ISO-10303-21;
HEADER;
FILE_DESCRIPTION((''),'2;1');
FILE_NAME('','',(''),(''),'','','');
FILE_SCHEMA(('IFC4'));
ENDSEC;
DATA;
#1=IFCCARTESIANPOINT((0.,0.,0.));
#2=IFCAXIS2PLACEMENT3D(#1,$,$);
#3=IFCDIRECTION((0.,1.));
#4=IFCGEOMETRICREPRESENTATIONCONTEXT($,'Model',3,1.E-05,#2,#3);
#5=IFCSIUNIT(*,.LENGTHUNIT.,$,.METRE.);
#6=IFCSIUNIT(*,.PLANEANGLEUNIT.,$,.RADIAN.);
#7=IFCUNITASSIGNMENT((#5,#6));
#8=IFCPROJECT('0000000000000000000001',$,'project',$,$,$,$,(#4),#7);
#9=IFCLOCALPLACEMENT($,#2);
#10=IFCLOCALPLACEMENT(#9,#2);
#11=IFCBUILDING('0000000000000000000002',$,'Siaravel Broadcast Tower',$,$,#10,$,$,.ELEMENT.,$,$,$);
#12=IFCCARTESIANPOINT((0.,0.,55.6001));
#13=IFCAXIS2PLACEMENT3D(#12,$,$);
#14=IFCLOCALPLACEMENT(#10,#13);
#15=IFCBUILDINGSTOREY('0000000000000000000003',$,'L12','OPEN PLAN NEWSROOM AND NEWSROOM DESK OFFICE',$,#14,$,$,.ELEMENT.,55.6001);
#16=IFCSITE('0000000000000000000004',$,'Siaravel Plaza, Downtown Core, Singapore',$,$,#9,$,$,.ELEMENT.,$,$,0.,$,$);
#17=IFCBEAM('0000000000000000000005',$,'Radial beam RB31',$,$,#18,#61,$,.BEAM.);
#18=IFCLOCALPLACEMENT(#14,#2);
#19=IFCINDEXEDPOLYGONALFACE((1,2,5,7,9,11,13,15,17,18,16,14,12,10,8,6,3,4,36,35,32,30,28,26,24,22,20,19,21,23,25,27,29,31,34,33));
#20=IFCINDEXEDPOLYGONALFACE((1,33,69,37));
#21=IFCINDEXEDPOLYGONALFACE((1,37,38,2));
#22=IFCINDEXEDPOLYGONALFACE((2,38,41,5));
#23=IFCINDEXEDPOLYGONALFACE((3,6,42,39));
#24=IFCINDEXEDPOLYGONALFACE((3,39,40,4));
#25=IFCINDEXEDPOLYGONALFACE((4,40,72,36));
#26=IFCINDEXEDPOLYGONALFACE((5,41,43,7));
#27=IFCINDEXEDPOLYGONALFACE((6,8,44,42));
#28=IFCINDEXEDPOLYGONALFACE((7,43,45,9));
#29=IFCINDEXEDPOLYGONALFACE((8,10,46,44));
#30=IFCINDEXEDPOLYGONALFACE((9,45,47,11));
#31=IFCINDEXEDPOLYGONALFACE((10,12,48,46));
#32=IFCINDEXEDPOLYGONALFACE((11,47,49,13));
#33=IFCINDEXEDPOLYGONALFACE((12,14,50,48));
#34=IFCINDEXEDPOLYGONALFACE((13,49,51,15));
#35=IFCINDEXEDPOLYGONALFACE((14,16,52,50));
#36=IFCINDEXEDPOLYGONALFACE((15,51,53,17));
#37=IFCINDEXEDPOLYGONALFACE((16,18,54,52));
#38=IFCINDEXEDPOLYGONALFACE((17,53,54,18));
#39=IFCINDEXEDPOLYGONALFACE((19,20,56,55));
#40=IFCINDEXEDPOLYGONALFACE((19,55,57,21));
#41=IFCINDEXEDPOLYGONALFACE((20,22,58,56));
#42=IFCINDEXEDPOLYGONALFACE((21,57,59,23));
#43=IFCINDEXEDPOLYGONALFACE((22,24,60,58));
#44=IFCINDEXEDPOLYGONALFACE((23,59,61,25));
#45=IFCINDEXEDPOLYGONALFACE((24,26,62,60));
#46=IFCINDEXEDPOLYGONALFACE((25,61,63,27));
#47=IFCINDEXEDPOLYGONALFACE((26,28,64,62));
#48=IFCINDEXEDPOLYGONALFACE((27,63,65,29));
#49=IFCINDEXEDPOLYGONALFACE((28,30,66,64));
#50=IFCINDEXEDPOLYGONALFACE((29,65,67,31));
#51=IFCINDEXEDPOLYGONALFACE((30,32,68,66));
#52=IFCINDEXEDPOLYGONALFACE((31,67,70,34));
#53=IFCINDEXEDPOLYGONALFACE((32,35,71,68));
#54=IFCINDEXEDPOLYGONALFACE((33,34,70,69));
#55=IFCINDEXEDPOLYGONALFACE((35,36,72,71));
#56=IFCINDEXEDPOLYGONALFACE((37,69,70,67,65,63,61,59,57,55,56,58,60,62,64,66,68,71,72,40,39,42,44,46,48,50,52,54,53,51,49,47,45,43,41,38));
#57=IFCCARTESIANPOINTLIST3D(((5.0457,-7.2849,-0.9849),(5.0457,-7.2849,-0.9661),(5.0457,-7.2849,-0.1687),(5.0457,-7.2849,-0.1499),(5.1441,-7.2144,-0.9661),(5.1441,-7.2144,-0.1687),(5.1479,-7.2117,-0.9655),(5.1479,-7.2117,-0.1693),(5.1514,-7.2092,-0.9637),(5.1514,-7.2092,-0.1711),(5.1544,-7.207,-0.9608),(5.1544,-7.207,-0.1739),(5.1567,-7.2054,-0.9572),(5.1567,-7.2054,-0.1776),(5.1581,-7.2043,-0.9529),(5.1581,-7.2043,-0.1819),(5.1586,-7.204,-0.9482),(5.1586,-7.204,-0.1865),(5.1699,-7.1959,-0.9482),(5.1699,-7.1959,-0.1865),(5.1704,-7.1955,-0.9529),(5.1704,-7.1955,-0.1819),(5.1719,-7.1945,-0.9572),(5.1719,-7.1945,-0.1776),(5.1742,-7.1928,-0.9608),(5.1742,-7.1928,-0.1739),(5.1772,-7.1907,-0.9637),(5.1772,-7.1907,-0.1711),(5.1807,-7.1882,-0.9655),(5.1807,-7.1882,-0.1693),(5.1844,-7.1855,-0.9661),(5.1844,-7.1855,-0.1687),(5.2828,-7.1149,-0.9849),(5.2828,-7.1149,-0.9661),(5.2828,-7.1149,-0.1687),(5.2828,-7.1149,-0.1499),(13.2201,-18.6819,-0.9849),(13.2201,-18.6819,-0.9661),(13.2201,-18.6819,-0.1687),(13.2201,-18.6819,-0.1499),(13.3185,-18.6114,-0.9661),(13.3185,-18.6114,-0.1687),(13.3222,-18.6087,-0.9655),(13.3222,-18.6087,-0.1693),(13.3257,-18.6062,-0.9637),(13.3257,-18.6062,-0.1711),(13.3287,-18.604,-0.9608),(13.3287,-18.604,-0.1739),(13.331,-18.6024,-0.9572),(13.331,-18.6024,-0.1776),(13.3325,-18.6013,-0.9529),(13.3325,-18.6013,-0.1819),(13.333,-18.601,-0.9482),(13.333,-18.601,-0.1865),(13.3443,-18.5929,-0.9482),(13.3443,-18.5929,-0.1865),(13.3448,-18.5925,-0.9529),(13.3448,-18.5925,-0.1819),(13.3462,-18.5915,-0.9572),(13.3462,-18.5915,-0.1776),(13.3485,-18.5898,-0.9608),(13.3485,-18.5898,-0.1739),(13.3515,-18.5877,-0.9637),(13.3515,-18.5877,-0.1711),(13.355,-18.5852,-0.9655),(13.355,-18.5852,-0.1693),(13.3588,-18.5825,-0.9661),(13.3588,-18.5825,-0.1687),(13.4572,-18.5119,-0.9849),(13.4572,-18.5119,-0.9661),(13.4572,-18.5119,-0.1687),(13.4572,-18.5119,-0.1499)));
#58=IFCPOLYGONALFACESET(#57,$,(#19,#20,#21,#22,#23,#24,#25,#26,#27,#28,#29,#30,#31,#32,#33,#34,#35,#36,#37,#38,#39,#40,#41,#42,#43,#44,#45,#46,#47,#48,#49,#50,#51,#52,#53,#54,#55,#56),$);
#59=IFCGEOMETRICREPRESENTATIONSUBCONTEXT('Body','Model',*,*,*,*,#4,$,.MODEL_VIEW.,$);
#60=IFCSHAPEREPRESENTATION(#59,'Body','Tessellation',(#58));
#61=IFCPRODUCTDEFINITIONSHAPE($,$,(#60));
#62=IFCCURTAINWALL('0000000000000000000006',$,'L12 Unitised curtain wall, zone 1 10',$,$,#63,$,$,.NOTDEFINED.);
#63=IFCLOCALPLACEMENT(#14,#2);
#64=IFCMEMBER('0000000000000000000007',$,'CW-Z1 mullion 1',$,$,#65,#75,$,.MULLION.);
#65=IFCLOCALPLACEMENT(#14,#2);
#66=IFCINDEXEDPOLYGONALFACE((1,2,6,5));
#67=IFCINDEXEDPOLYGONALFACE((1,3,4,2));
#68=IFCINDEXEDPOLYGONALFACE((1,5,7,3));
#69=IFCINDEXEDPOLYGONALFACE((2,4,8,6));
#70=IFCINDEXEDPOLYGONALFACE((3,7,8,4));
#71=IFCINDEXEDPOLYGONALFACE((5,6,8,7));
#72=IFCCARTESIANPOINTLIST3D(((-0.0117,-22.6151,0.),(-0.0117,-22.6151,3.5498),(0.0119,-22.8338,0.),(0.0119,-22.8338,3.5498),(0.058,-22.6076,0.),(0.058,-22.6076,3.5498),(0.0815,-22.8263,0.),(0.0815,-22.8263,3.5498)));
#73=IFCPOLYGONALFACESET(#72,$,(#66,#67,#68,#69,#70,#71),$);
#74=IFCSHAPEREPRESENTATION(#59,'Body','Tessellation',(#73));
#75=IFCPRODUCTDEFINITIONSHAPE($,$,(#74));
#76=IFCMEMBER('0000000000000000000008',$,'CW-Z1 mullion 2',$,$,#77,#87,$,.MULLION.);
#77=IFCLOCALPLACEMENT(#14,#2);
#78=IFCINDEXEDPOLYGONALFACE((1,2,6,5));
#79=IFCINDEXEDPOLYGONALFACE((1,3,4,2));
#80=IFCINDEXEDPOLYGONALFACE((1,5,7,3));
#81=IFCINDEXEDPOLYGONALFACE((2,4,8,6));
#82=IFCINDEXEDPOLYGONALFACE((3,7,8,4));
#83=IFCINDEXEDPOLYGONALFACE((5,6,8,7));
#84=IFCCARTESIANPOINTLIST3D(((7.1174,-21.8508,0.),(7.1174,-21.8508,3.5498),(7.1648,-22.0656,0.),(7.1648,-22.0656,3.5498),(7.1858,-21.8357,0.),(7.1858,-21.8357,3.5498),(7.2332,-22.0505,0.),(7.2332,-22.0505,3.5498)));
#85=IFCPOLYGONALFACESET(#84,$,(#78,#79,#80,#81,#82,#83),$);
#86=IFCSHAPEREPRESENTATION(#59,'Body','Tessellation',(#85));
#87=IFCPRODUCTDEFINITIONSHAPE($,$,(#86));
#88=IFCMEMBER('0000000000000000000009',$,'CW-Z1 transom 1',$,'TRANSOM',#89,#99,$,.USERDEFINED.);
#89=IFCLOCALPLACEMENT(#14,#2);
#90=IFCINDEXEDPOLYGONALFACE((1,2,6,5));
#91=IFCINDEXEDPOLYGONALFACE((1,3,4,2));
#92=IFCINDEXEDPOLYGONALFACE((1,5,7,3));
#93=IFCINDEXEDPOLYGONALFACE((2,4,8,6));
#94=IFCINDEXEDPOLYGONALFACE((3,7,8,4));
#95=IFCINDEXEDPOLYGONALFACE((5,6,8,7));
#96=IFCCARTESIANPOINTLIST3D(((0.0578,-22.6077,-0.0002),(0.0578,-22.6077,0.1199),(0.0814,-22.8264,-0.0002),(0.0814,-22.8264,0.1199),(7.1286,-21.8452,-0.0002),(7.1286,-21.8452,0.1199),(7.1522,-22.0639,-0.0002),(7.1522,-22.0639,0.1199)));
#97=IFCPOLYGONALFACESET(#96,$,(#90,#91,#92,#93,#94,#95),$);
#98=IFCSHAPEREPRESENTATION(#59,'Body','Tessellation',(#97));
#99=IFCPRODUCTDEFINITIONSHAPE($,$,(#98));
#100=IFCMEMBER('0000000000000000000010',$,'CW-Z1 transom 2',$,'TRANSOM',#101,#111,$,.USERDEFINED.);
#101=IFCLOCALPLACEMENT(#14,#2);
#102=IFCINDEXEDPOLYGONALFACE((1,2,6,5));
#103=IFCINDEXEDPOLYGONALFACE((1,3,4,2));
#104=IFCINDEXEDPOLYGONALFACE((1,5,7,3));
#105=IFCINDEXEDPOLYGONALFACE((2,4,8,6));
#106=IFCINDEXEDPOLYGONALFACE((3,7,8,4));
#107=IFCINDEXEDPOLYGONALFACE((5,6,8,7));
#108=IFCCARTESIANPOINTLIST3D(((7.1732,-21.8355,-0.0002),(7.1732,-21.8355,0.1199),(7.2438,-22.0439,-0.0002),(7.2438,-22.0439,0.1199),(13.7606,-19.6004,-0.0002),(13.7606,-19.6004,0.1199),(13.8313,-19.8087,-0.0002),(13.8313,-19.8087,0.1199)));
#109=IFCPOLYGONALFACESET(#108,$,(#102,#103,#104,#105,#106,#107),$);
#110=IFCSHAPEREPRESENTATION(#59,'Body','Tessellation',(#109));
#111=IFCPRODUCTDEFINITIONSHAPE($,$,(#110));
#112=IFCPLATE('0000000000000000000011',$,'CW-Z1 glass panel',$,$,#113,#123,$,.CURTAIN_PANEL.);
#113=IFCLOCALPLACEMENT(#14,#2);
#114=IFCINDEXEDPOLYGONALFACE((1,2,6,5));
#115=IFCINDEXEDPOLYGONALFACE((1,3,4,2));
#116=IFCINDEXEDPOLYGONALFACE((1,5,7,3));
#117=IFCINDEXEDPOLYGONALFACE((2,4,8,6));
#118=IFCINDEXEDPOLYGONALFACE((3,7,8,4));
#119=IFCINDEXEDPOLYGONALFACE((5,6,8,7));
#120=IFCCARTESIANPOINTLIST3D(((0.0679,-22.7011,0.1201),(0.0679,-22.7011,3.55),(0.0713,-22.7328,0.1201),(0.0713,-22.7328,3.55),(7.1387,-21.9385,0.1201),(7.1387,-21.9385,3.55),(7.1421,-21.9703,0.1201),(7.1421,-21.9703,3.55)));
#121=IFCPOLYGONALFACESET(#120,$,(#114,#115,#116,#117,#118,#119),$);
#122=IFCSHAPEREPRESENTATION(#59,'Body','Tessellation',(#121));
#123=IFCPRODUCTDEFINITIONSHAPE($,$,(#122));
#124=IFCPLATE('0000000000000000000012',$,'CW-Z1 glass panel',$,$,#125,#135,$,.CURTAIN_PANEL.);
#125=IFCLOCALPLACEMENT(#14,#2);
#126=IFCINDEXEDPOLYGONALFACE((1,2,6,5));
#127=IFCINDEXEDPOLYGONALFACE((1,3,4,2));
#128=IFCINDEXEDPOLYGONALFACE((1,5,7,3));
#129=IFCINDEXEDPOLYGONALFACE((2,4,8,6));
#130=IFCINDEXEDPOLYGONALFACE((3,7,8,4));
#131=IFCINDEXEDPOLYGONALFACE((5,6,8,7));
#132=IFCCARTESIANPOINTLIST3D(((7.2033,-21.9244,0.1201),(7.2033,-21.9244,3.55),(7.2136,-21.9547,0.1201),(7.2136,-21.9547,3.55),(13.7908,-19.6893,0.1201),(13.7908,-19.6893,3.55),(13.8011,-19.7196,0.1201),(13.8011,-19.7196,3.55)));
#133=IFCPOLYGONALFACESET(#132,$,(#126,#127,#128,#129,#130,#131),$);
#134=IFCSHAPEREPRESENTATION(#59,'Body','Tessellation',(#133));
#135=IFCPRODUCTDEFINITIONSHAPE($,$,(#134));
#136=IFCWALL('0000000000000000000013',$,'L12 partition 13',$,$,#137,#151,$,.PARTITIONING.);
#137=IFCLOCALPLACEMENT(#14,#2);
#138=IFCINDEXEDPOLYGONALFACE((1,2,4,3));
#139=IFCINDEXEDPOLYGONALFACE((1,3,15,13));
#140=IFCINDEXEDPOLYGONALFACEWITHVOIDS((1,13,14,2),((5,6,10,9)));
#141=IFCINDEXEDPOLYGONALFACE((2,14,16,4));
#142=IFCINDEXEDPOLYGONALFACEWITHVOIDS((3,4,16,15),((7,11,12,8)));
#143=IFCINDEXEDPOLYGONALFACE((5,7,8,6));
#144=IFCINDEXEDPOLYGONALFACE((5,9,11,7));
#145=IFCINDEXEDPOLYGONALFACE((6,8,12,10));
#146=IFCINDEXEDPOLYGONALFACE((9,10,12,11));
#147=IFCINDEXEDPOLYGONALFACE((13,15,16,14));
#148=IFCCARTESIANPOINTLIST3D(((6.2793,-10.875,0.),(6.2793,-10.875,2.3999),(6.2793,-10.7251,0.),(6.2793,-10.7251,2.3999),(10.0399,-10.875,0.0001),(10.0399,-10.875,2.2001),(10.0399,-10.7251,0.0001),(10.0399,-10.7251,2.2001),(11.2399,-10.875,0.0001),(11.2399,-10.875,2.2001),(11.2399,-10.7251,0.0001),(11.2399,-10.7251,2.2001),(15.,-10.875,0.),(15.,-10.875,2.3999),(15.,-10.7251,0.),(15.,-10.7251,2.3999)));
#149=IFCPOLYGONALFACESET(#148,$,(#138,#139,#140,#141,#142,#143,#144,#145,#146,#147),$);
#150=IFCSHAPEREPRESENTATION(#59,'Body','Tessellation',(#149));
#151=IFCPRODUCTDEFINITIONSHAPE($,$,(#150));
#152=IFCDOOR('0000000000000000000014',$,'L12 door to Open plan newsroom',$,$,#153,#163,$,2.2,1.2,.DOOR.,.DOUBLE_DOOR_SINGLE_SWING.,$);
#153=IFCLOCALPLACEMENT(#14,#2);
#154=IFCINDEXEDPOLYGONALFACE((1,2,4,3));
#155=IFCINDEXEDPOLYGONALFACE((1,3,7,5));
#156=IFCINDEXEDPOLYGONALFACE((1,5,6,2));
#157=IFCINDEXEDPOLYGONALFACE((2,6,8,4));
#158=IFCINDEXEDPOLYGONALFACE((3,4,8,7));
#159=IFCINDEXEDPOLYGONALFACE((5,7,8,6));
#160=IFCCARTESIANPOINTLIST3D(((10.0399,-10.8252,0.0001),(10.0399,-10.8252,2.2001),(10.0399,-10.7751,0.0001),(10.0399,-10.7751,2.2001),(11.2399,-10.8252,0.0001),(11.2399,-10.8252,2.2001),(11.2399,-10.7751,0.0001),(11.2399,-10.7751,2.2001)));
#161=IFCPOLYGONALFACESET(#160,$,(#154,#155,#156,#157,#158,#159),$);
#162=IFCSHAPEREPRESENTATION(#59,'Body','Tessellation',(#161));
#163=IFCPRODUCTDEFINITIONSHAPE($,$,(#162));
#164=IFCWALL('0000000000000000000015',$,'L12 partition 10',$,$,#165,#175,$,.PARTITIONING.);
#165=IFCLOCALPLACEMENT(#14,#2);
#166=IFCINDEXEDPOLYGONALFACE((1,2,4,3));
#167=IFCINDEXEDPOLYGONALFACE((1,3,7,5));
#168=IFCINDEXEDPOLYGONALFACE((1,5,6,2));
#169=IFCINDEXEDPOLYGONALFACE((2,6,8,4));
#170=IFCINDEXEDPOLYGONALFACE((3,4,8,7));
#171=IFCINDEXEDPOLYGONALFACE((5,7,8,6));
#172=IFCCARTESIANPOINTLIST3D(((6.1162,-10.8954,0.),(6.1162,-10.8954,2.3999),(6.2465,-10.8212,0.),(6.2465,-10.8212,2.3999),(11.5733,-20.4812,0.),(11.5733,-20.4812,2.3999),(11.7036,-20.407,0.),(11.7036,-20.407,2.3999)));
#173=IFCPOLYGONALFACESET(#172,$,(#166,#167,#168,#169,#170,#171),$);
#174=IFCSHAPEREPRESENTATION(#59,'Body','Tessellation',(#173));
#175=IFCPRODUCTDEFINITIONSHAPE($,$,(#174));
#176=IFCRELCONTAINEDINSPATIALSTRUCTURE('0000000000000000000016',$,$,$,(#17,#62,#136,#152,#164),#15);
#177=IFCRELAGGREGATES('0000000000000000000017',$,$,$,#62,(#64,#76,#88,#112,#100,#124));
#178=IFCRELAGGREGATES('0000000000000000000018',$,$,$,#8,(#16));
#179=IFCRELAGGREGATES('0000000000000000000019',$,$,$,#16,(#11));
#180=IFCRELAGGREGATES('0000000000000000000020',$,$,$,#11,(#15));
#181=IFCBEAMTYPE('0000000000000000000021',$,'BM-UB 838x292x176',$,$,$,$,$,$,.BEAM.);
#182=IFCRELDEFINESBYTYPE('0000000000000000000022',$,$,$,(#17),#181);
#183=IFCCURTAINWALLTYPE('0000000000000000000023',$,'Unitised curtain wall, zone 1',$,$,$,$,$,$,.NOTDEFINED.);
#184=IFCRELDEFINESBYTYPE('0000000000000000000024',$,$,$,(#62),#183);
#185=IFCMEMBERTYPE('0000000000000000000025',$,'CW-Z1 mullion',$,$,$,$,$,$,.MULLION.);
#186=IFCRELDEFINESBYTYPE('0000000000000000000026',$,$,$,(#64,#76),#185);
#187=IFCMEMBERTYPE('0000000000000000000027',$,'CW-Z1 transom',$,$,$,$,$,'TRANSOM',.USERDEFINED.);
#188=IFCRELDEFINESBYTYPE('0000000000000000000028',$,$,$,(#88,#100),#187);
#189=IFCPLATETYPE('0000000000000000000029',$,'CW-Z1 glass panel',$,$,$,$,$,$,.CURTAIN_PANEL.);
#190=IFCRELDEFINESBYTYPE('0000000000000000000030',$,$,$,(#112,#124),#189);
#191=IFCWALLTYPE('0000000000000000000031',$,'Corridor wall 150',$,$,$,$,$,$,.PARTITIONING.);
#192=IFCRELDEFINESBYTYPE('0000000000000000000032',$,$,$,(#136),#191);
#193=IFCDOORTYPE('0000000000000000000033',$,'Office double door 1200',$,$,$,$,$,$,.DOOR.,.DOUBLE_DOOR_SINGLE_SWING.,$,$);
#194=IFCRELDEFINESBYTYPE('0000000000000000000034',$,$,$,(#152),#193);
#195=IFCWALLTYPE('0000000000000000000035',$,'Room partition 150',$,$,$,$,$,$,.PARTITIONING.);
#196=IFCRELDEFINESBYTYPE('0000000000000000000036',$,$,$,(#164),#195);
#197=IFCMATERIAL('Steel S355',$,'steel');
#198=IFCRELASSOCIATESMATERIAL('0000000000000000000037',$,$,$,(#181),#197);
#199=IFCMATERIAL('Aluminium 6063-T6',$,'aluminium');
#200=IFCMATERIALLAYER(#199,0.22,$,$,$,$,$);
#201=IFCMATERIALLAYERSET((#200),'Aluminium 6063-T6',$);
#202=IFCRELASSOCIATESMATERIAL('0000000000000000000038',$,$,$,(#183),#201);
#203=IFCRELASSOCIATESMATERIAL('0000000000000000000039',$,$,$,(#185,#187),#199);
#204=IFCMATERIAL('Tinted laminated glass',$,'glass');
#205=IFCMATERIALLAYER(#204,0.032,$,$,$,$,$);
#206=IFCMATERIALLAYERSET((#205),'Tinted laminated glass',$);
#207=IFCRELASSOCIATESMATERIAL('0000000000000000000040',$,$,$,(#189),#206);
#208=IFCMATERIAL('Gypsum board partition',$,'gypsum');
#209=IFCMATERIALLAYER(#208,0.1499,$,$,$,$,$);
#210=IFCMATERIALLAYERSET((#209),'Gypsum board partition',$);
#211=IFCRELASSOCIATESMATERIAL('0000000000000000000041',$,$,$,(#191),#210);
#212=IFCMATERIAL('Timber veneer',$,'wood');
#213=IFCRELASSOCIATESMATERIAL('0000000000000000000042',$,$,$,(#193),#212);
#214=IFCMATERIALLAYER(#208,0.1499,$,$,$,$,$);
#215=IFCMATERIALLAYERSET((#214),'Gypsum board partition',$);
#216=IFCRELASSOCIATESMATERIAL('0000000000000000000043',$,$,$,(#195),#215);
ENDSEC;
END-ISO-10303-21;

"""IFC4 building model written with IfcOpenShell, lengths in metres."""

from ifc_helpers import new_model, si_unit, direction, frame, frame_2d, origin, origin_2d, place, context, subcontext, project, spatial, rectangle, i_section, extrude, material, layer, layer_set, material_profile, profile_set, type_object, element, fill, aggregate, save


model = new_model("IFC4")

# Units and contexts
model_context = context("Model", 3, precision=1e-05, world=origin(), true_north=direction((0.0, 1.0)))
body_context = subcontext(model_context, "Body", "Model", "MODEL_VIEW")
ifc_project = project(units=[si_unit("LENGTHUNIT", "METRE"), si_unit("PLANEANGLEUNIT", "RADIAN")], contexts=[model_context])

# Site, building, storey
site_placement = place(None, origin())
site = spatial("IfcSite", under=ifc_project, at=site_placement, Name="Siaravel Plaza, Downtown Core, Singapore", CompositionType="ELEMENT", RefElevation=0.0)
building_placement = place(site_placement, origin())
building = spatial("IfcBuilding", under=site, at=building_placement, Name="Siaravel Broadcast Tower", CompositionType="ELEMENT")
storey_placement = place(building_placement, frame((0.0, 0.0, 55.6001)))
storey = spatial("IfcBuildingStorey", under=building, at=storey_placement, Name="L12", Description="OPEN PLAN NEWSROOM AND NEWSROOM DESK OFFICE", CompositionType="ELEMENT", Elevation=55.6001)

# Beam
ifc_material_1 = material(Name="Steel S355", Category="steel")
ifc_material_profile_1 = material_profile(ifc_material_1, i_section(OverallWidth=0.2917, OverallDepth=0.835, WebThickness=0.0139, FlangeThickness=0.0188, FilletRadius=0.0178, at=origin_2d()))
ifc_profile_set_1 = profile_set([ifc_material_profile_1], Name="Steel S355")
beam_type = type_object("IfcBeamType", Name="BM-UB 838x292x176", PredefinedType="BEAM", material=ifc_profile_set_1)
beam_1_placement = place(storey_placement, frame((13.3386, -18.5969, -0.5674), z_axis=(-0.582824, 0.812598, 0.0), x_axis=(-0.812598, -0.582824, 0.0)))
element("IfcBeam", 1, at=beam_1_placement, inside=storey, type_object=beam_type, Name="Radial beam RB31", PredefinedType="BEAM", context=body_context, shape_type="SweptSolid", body=[
    extrude(i_section(OverallWidth=0.2917, OverallDepth=0.835, WebThickness=0.0139, FlangeThickness=0.0188, FilletRadius=0.0178, at=origin_2d()), origin(), (0.0, 0.0, 1.0), 14.0254),
])

# Curtain wall, members, plates
ifc_material_2 = material(Name="Aluminium 6063-T6", Category="aluminium")
ifc_layer_1 = layer(ifc_material_2, 0.22)
ifc_layer_set_1 = layer_set([ifc_layer_1], Name="Aluminium 6063-T6")
curtain_wall_type = type_object("IfcCurtainWallType", Name="Unitised curtain wall, zone 1", PredefinedType="NOTDEFINED", material=ifc_layer_set_1)
curtain_wall_placement = place(storey_placement, origin())
curtain_wall = element("IfcCurtainWall", 2, at=curtain_wall_placement, inside=storey, type_object=curtain_wall_type, Name="L12 Unitised curtain wall, zone 1 10", PredefinedType="NOTDEFINED")
ifc_material_profile_2 = material_profile(ifc_material_2, rectangle(XDim=0.22, YDim=0.0701, at=origin_2d()))
ifc_profile_set_2 = profile_set([ifc_material_profile_2], Name="Aluminium 6063-T6")
member_type_1 = type_object("IfcMemberType", Name="CW-Z1 mullion", PredefinedType="MULLION", material=ifc_profile_set_2)
member_1_placement = place(storey_placement, frame((0.0349, -22.7207, 0.0), z_axis=(0.0, 0.0, 1.0), x_axis=(-0.107218, 0.994236, 0.0)))
member_1 = element("IfcMember", 3, at=member_1_placement, type_object=member_type_1, Name="CW-Z1 mullion 1", PredefinedType="MULLION", context=body_context, shape_type="SweptSolid", body=[
    extrude(rectangle(XDim=0.22, YDim=0.0701, at=origin_2d()), origin(), (0.0, 0.0, 1.0), 3.5498),
])
member_2_placement = place(storey_placement, frame((7.1753, -21.9507, 0.0), z_axis=(0.0, 0.0, 1.0), x_axis=(-0.215558, 0.976491, 0.0)))
member_2 = element("IfcMember", 4, at=member_2_placement, type_object=member_type_1, Name="CW-Z1 mullion 2", PredefinedType="MULLION", context=body_context, shape_type="SweptSolid", body=[
    extrude(rectangle(XDim=0.22, YDim=0.0701, at=origin_2d()), origin(), (0.0, 0.0, 1.0), 3.5498),
])
ifc_material_profile_3 = material_profile(ifc_material_2, rectangle(XDim=0.22, YDim=0.1201, at=origin_2d()))
ifc_profile_set_3 = profile_set([ifc_material_profile_3], Name="Aluminium 6063-T6")
member_type_2 = type_object("IfcMemberType", Name="CW-Z1 transom", ElementType="TRANSOM", PredefinedType="USERDEFINED", material=ifc_profile_set_3)
member_3_placement = place(storey_placement, frame((0.0696, -22.717, 0.0598), z_axis=(0.994236, 0.107209, 0.0), x_axis=(-0.107209, 0.994236, 0.0)))
member_3 = element("IfcMember", 5, at=member_3_placement, type_object=member_type_2, Name="CW-Z1 transom 1", ObjectType="TRANSOM", PredefinedType="USERDEFINED", context=body_context, shape_type="SweptSolid", body=[
    extrude(rectangle(XDim=0.22, YDim=0.1201, at=origin_2d()), origin(), (0.0, 0.0, 1.0), 7.1118),
])
member_4_placement = place(storey_placement, frame((7.2085, -21.9397, 0.0598), z_axis=(0.946975, 0.321309, 0.0), x_axis=(-0.321309, 0.946975, 0.0)))
member_4 = element("IfcMember", 6, at=member_4_placement, type_object=member_type_2, Name="CW-Z1 transom 2", ObjectType="TRANSOM", PredefinedType="USERDEFINED", context=body_context, shape_type="SweptSolid", body=[
    extrude(rectangle(XDim=0.22, YDim=0.1201, at=origin_2d()), origin(), (0.0, 0.0, 1.0), 6.9563),
])
ifc_material_3 = material(Name="Tinted laminated glass", Category="glass")
ifc_layer_2 = layer(ifc_material_3, 0.032)
ifc_layer_set_2 = layer_set([ifc_layer_2], Name="Tinted laminated glass")
plate_type = type_object("IfcPlateType", Name="CW-Z1 glass panel", PredefinedType="CURTAIN_PANEL", material=ifc_layer_set_2)
plate_1_placement = place(storey_placement, frame((3.605, -22.3357, 0.1201), z_axis=(0.0, 0.0, 1.0), x_axis=(0.994236, 0.107218, 0.0)))
plate_1 = element("IfcPlate", 7, at=plate_1_placement, type_object=plate_type, Name="CW-Z1 glass panel", PredefinedType="CURTAIN_PANEL", context=body_context, shape_type="SweptSolid", body=[
    extrude(rectangle(XDim=7.1118, YDim=0.032, at=origin_2d()), origin(), (0.0, 0.0, 1.0), 3.4299),
])
plate_2_placement = place(storey_placement, frame((10.5022, -20.822, 0.1201), z_axis=(0.0, 0.0, 1.0), x_axis=(0.946977, 0.321301, 0.0)))
plate_2 = element("IfcPlate", 8, at=plate_2_placement, type_object=plate_type, Name="CW-Z1 glass panel", PredefinedType="CURTAIN_PANEL", context=body_context, shape_type="SweptSolid", body=[
    extrude(rectangle(XDim=6.9563, YDim=0.032, at=origin_2d()), origin(), (0.0, 0.0, 1.0), 3.4299),
])
aggregate(curtain_wall, [member_1, member_2, member_3, plate_1, member_4, plate_2])

# Wall, opening, door
ifc_material_4 = material(Name="Gypsum board partition", Category="gypsum")
ifc_layer_3 = layer(ifc_material_4, 0.1499)
ifc_layer_set_3 = layer_set([ifc_layer_3], Name="Gypsum board partition")
wall_type_1 = type_object("IfcWallType", Name="Corridor wall 150", PredefinedType="PARTITIONING", material=ifc_layer_set_3)
wall_1_placement = place(storey_placement, frame((6.2793, -10.8, 0.0), z_axis=(0.0, 0.0, 1.0), x_axis=(1.0, 0.0, 0.0)))
wall_1 = element("IfcWall", 9, at=wall_1_placement, inside=storey, type_object=wall_type_1, Name="L12 partition 13", PredefinedType="PARTITIONING", context=body_context, shape_type="SweptSolid", body=[
    extrude(rectangle(XDim=8.7207, YDim=0.1499, at=frame_2d((4.3604, 0.0))), origin(), (0.0, 0.0, 1.0), 2.3999),
])
opening_placement = place(wall_1_placement, frame((3.7605, 0.0, 0.0)))
opening = element("IfcOpeningElement", 10, at=opening_placement, cuts=wall_1, PredefinedType="OPENING", context=body_context, shape_type="SweptSolid", body=[
    extrude(rectangle(XDim=1.2, YDim=2.2, at=frame_2d((0.6001, 1.1001))), frame((0.0, 0.085, 0.0), z_axis=(0.0, -1.0, 0.0), x_axis=(1.0, 0.0, 0.0)), (0.0, 0.0, 1.0), 0.1699),
])
ifc_material_5 = material(Name="Timber veneer", Category="wood")
door_type = type_object("IfcDoorType", Name="Office double door 1200", OperationType="DOUBLE_DOOR_SINGLE_SWING", PredefinedType="DOOR", material=ifc_material_5)
door_placement = place(opening_placement, origin())
door = element("IfcDoor", 11, at=door_placement, inside=storey, type_object=door_type, Name="L12 door to Open plan newsroom", OperationType="DOUBLE_DOOR_SINGLE_SWING", OverallHeight=2.2, OverallWidth=1.2, PredefinedType="DOOR", context=body_context, shape_type="SweptSolid", body=[
    extrude(rectangle(XDim=1.2, YDim=2.2, at=frame_2d((0.6001, 1.1001))), frame((0.0, 0.0249, 0.0), z_axis=(0.0, -1.0, 0.0), x_axis=(1.0, 0.0, 0.0)), (0.0, 0.0, 1.0), 0.05),
])
fill(opening, door)

# Wall
ifc_layer_4 = layer(ifc_material_4, 0.1499)
ifc_layer_set_4 = layer_set([ifc_layer_4], Name="Gypsum board partition")
wall_type_2 = type_object("IfcWallType", Name="Room partition 150", PredefinedType="PARTITIONING", material=ifc_layer_set_4)
wall_2_placement = place(storey_placement, frame((11.6384, -20.4441, 0.0), z_axis=(0.0, 0.0, 1.0), x_axis=(-0.494737, 0.869043, 0.0)))
element("IfcWall", 12, at=wall_2_placement, inside=storey, type_object=wall_type_2, Name="L12 partition 10", PredefinedType="PARTITIONING", context=body_context, shape_type="SweptSolid", body=[
    extrude(rectangle(XDim=11.0303, YDim=0.1499, at=frame_2d((5.5151, 0.0))), origin(), (0.0, 0.0, 1.0), 2.3999),
])

save(model, "model.ifc")
